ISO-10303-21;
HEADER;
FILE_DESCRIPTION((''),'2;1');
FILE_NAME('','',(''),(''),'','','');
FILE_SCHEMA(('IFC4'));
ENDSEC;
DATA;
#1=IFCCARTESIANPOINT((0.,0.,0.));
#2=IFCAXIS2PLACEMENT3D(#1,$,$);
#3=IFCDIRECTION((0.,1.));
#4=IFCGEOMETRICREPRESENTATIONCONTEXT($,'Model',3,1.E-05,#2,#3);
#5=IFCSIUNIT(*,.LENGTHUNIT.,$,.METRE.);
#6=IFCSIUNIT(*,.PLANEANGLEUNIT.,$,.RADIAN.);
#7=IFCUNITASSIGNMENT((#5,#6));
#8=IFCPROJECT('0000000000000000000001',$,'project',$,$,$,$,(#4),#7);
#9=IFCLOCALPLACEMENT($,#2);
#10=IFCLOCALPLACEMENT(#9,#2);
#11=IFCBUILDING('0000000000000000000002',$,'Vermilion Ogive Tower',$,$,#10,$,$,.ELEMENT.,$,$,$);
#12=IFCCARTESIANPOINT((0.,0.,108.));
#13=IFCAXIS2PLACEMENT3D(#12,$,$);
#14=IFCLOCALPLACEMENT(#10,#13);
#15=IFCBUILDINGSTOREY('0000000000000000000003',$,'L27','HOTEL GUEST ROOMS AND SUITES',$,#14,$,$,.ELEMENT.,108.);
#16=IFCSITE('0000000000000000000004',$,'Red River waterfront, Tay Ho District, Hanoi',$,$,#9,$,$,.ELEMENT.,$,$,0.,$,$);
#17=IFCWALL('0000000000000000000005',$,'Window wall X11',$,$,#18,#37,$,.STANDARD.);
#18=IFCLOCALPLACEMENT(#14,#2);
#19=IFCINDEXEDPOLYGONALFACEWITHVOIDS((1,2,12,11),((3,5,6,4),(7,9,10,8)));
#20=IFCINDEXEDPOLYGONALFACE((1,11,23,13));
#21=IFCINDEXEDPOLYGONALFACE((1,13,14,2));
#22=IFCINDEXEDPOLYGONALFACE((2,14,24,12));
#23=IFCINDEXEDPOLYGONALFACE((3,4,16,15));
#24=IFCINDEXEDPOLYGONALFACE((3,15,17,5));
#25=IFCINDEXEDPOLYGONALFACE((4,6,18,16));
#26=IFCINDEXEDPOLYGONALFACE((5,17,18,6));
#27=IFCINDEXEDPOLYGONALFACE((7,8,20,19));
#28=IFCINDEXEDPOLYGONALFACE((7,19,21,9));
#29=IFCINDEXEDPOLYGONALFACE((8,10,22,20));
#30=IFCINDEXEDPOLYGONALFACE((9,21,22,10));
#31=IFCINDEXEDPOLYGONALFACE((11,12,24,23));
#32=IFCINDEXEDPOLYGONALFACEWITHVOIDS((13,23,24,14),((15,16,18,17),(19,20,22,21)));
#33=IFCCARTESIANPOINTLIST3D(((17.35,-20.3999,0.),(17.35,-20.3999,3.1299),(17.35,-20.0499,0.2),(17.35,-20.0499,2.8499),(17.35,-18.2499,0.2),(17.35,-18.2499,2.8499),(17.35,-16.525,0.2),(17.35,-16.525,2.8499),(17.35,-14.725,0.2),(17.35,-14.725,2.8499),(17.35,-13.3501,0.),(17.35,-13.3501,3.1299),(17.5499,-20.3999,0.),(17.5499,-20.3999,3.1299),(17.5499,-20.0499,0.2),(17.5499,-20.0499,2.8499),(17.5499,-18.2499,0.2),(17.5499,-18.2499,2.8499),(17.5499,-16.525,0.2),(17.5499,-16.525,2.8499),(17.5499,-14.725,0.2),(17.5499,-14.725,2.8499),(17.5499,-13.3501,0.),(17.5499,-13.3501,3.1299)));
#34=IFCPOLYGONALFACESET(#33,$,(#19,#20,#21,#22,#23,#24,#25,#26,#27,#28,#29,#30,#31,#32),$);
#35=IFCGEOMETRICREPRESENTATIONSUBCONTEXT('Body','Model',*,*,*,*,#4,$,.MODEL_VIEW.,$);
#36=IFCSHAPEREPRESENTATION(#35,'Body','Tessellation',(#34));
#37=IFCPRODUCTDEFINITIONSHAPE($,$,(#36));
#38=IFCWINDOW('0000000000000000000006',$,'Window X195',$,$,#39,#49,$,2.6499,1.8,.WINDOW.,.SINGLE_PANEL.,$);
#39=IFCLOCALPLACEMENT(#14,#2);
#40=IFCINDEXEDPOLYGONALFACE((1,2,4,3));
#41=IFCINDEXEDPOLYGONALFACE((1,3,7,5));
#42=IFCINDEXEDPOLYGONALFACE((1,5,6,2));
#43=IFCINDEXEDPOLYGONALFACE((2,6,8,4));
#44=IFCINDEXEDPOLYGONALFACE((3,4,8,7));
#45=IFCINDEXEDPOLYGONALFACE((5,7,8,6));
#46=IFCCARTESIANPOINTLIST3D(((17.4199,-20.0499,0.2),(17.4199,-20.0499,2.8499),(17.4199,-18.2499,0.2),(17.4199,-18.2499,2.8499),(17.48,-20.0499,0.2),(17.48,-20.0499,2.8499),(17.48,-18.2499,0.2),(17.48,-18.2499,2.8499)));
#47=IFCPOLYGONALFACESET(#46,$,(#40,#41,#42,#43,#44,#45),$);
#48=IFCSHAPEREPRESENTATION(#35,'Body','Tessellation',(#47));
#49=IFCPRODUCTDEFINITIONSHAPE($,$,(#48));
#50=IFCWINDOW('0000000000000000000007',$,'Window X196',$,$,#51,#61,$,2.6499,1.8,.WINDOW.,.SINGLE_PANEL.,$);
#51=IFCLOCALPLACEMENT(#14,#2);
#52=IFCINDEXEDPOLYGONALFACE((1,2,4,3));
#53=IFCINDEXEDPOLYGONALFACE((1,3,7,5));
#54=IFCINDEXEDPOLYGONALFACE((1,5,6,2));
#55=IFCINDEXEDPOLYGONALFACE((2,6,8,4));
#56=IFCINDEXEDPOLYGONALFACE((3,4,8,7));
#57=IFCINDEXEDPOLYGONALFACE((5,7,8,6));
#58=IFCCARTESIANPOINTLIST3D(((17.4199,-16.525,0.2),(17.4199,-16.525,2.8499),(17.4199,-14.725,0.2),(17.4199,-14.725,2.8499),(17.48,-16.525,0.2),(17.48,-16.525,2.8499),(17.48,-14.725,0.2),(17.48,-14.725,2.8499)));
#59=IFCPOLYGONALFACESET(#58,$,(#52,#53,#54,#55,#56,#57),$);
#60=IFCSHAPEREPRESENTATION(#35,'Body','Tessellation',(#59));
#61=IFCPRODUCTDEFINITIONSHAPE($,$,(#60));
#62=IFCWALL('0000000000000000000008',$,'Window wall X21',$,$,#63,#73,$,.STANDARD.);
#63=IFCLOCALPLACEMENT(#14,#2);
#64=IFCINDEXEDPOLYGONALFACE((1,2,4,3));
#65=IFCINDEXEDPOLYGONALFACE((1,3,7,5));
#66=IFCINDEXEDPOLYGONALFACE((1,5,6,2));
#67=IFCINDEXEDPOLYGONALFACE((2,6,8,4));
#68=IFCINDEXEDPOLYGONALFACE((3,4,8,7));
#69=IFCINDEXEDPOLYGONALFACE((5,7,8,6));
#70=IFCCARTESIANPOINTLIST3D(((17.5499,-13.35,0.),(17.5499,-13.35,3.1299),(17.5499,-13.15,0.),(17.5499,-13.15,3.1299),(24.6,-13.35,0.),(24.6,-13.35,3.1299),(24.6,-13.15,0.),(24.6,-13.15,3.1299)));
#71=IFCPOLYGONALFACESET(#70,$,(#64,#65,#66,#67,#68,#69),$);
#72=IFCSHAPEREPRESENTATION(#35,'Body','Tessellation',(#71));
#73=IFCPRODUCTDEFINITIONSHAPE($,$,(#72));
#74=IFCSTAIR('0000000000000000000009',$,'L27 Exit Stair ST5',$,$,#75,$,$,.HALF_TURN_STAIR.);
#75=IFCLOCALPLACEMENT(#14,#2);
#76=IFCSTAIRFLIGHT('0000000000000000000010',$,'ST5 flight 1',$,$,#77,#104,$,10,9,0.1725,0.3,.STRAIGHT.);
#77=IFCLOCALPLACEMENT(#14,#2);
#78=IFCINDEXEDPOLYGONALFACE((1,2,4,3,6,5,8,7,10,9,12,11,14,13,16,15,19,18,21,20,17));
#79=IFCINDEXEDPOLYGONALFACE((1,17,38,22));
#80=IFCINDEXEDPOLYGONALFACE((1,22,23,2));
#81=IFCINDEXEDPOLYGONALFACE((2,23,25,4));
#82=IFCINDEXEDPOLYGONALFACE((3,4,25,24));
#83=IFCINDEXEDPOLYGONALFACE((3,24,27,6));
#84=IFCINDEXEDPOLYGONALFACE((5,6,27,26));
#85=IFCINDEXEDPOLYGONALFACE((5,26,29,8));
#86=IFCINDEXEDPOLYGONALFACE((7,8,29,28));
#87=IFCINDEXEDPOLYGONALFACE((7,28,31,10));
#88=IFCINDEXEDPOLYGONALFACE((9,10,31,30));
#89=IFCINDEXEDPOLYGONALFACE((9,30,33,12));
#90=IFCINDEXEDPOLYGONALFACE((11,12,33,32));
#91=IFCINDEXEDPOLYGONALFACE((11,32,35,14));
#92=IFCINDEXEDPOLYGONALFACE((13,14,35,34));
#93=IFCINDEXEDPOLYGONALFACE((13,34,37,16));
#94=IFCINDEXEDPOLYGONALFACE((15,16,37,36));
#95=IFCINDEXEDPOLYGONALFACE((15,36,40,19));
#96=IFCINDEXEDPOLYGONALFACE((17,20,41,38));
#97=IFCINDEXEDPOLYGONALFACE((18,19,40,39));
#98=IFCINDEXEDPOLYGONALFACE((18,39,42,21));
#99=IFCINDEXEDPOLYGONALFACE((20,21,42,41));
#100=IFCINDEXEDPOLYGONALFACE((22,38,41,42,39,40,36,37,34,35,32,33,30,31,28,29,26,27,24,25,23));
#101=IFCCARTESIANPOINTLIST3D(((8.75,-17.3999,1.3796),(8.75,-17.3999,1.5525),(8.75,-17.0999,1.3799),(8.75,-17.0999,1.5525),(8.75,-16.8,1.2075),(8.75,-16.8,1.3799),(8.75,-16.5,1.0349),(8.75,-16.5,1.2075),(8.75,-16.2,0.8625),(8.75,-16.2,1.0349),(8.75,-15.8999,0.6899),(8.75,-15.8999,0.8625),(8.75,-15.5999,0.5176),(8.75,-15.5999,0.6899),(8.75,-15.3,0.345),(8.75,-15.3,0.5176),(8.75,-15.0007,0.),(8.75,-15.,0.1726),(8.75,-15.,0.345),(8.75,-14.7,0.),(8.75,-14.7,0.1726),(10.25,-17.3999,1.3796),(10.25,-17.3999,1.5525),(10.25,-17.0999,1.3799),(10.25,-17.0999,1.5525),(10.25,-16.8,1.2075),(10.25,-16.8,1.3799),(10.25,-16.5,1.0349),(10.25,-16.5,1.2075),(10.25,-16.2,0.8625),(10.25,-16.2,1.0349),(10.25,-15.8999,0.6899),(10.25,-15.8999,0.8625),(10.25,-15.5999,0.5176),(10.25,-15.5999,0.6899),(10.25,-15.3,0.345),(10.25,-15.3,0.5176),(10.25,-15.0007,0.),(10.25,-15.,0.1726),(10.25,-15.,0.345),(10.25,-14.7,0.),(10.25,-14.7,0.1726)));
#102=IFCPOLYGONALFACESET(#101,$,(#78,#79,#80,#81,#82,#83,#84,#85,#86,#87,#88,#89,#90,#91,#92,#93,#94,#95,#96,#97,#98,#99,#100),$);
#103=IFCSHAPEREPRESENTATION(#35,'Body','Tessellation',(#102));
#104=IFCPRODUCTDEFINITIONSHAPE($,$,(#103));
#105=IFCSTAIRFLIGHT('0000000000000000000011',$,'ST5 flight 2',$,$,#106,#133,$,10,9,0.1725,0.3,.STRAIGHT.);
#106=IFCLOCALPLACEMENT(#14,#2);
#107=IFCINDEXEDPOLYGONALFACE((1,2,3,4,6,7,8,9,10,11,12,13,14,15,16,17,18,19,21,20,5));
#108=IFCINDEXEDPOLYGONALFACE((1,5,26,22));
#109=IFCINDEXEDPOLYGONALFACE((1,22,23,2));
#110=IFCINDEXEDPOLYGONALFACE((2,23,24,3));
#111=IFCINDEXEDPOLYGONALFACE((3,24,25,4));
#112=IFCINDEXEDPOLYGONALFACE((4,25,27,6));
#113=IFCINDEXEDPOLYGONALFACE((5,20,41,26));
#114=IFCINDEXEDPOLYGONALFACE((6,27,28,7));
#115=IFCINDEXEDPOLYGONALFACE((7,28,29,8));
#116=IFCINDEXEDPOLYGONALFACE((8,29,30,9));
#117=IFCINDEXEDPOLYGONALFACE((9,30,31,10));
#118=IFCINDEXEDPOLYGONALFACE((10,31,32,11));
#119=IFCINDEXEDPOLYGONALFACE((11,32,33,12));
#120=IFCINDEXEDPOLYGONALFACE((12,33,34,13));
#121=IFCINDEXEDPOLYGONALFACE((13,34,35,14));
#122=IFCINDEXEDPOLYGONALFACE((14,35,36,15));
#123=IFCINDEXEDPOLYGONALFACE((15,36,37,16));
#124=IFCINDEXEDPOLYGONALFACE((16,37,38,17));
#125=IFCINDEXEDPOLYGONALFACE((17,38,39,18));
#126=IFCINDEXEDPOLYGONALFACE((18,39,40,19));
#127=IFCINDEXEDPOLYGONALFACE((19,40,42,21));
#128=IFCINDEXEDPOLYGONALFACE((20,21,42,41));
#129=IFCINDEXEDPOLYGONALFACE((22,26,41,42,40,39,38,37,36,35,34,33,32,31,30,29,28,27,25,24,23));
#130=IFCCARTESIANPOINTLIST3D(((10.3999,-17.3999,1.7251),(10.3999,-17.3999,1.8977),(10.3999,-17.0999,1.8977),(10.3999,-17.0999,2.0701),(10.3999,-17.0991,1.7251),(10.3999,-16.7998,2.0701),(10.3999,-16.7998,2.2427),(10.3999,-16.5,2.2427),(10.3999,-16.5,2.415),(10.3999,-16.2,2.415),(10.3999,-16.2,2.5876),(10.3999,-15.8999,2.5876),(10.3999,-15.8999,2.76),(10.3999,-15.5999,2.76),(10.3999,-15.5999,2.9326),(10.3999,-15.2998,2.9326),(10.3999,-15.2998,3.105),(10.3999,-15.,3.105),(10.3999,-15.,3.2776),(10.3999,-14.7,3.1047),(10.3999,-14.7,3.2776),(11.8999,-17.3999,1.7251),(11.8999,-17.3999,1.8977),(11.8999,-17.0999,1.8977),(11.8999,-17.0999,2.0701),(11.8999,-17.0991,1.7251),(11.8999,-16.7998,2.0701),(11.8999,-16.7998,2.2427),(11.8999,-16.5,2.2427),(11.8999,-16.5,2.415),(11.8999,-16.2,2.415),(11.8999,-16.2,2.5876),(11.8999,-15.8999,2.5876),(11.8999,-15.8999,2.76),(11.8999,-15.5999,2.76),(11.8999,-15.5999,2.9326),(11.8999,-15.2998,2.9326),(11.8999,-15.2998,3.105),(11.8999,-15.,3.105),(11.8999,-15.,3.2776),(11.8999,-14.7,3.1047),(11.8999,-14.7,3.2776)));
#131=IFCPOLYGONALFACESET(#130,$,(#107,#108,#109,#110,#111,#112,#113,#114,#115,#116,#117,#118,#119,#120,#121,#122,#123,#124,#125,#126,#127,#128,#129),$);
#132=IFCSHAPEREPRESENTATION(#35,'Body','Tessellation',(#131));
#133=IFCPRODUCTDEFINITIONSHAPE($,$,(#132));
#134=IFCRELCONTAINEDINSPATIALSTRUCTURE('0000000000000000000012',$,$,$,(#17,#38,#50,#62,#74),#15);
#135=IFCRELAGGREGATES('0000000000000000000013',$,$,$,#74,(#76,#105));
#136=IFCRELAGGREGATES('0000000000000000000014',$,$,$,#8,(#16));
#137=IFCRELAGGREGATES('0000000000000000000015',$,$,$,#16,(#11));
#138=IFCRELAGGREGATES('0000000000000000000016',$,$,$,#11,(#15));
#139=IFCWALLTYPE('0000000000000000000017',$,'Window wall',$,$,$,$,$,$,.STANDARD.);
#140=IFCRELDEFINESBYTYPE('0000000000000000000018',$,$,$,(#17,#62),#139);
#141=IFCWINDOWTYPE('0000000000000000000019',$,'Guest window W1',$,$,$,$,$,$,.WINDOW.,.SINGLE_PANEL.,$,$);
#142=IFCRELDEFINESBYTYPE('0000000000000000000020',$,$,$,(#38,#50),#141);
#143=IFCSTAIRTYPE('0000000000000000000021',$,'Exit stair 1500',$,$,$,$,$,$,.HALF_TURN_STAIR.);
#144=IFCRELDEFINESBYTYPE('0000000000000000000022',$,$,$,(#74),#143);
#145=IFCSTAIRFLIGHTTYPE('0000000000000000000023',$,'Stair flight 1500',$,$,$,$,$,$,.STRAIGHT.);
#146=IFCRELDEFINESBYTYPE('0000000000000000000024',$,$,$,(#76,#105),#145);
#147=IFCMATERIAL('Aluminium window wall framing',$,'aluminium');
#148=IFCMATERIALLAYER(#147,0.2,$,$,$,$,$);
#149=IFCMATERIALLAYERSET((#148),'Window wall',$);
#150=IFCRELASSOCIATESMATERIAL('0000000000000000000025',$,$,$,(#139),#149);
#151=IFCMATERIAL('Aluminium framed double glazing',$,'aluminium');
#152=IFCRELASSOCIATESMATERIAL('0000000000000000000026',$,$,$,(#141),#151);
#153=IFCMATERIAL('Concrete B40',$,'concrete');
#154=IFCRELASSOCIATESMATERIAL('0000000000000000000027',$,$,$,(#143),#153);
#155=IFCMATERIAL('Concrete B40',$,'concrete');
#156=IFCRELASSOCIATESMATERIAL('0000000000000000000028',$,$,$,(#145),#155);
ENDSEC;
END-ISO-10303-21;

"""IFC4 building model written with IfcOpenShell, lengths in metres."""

from ifc_helpers import new_model, si_unit, direction, frame, frame_2d, origin, place, context, subcontext, project, spatial, polyline, rectangle, outline, extrude, material, layer, layer_set, type_object, element, fill, aggregate, save


model = new_model("IFC4")

# Units and contexts
model_context = context("Model", 3, precision=1e-05, world=origin(), true_north=direction((0.0, 1.0)))
body_context = subcontext(model_context, "Body", "Model", "MODEL_VIEW")
ifc_project = project(units=[si_unit("LENGTHUNIT", "METRE"), si_unit("PLANEANGLEUNIT", "RADIAN")], contexts=[model_context])

# Site, building, storey
site_placement = place(None, origin())
site = spatial("IfcSite", under=ifc_project, at=site_placement, Name="Red River waterfront, Tay Ho District, Hanoi", CompositionType="ELEMENT", RefElevation=0.0)
building_placement = place(site_placement, origin())
building = spatial("IfcBuilding", under=site, at=building_placement, Name="Vermilion Ogive Tower", CompositionType="ELEMENT")
storey_placement = place(building_placement, frame((0.0, 0.0, 108.0)))
storey = spatial("IfcBuildingStorey", under=building, at=storey_placement, Name="L27", Description="HOTEL GUEST ROOMS AND SUITES", CompositionType="ELEMENT", Elevation=108.0)

# Shared definitions
ifc_material_1 = material(Name="Aluminium window wall framing", Category="aluminium")
ifc_layer_1 = layer(ifc_material_1, 0.2)
ifc_layer_set_1 = layer_set([ifc_layer_1], Name="Window wall")
wall_type_1 = type_object("IfcWallType", Name="Window wall", PredefinedType="STANDARD", material=ifc_layer_set_1)
ifc_material_2 = material(Name="Aluminium framed double glazing", Category="aluminium")
window_type = type_object("IfcWindowType", Name="Guest window W1", PartitioningType="SINGLE_PANEL", PredefinedType="WINDOW", material=ifc_material_2)

# Wall, openings, windows
wall_1_placement = place(storey_placement, frame((17.45, -20.3999, 0.0), z_axis=(0.0, 0.0, 1.0), x_axis=(0.0, 1.0, 0.0)))
wall_1 = element("IfcWall", 1, at=wall_1_placement, inside=storey, type_object=wall_type_1, Name="Window wall X11", PredefinedType="STANDARD", context=body_context, shape_type="SweptSolid", body=[
    extrude(rectangle(XDim=7.0498, YDim=0.2, at=frame_2d((3.5249, 0.0))), origin(), (0.0, 0.0, 1.0), 3.1299),
])
opening_1_placement = place(wall_1_placement, frame((0.3501, 0.0, 0.2)))
opening_1 = element("IfcOpeningElement", 2, at=opening_1_placement, cuts=wall_1, PredefinedType="OPENING", context=body_context, shape_type="SweptSolid", body=[
    extrude(rectangle(XDim=1.8, YDim=2.6499, at=frame_2d((0.8999, 1.325))), frame((0.0, 0.1099, 0.0), z_axis=(0.0, -1.0, 0.0), x_axis=(1.0, 0.0, 0.0)), (0.0, 0.0, 1.0), 0.22),
])
opening_2_placement = place(wall_1_placement, frame((3.875, 0.0, 0.2)))
opening_2 = element("IfcOpeningElement", 3, at=opening_2_placement, cuts=wall_1, PredefinedType="OPENING", context=body_context, shape_type="SweptSolid", body=[
    extrude(rectangle(XDim=1.8, YDim=2.6499, at=frame_2d((0.8999, 1.325))), frame((0.0, 0.1099, 0.0), z_axis=(0.0, -1.0, 0.0), x_axis=(1.0, 0.0, 0.0)), (0.0, 0.0, 1.0), 0.22),
])
window_1_placement = place(opening_1_placement, origin())
window_1 = element("IfcWindow", 4, at=window_1_placement, inside=storey, type_object=window_type, Name="Window X195", OverallHeight=2.6499, OverallWidth=1.8, PartitioningType="SINGLE_PANEL", PredefinedType="WINDOW", context=body_context, shape_type="SweptSolid", body=[
    extrude(rectangle(XDim=1.8, YDim=2.6499, at=frame_2d((0.8999, 1.325))), frame((0.0, 0.03, 0.0), z_axis=(0.0, -1.0, 0.0), x_axis=(1.0, 0.0, 0.0)), (0.0, 0.0, 1.0), 0.0601),
])
fill(opening_1, window_1)
window_2_placement = place(opening_2_placement, origin())
window_2 = element("IfcWindow", 5, at=window_2_placement, inside=storey, type_object=window_type, Name="Window X196", OverallHeight=2.6499, OverallWidth=1.8, PartitioningType="SINGLE_PANEL", PredefinedType="WINDOW", context=body_context, shape_type="SweptSolid", body=[
    extrude(rectangle(XDim=1.8, YDim=2.6499, at=frame_2d((0.8999, 1.325))), frame((0.0, 0.03, 0.0), z_axis=(0.0, -1.0, 0.0), x_axis=(1.0, 0.0, 0.0)), (0.0, 0.0, 1.0), 0.0601),
])
fill(opening_2, window_2)

# Wall
wall_2_placement = place(storey_placement, frame((17.55, -13.25, 0.0), z_axis=(0.0, 0.0, 1.0), x_axis=(1.0, 0.0, 0.0)))
element("IfcWall", 6, at=wall_2_placement, inside=storey, type_object=wall_type_1, Name="Window wall X21", PredefinedType="STANDARD", context=body_context, shape_type="SweptSolid", body=[
    extrude(rectangle(XDim=7.05, YDim=0.2, at=frame_2d((3.5249, 0.0))), origin(), (0.0, 0.0, 1.0), 3.1299),
])

# Stair, stair flights
ifc_material_3 = material(Name="Concrete B40", Category="concrete")
stair_type = type_object("IfcStairType", Name="Exit stair 1500", PredefinedType="HALF_TURN_STAIR", material=ifc_material_3)
stair_placement = place(storey_placement, origin())
stair = element("IfcStair", 7, at=stair_placement, inside=storey, type_object=stair_type, Name="L27 Exit Stair ST5", PredefinedType="HALF_TURN_STAIR")
ifc_material_4 = material(Name="Concrete B40", Category="concrete")
stair_flight_type = type_object("IfcStairFlightType", Name="Stair flight 1500", PredefinedType="STRAIGHT", material=ifc_material_4)
stair_flight_1_placement = place(storey_placement, frame((9.5, -14.7, 0.0), z_axis=(0.0, 0.0, 1.0), x_axis=(0.0, -1.0, 0.0)))
stair_flight_1 = element("IfcStairFlight", 8, at=stair_flight_1_placement, type_object=stair_flight_type, Name="ST5 flight 1", NumberOfRisers=10, NumberOfTreads=9, PredefinedType="STRAIGHT", RiserHeight=0.1725, TreadLength=0.3, context=body_context, shape_type="SweptSolid", body=[
    extrude(outline(polyline([(0.0, 0.0), (0.0, 0.1726), (0.3, 0.1726), (0.3, 0.345), (0.6001, 0.345), (0.6001, 0.5176), (0.8999, 0.5176), (0.8999, 0.6899), (1.2, 0.6899), (1.2, 0.8625), (1.5, 0.8625), (1.5, 1.0349), (1.8, 1.0349), (1.8, 1.2075), (2.1001, 1.2075), (2.1001, 1.3799), (2.3999, 1.3799), (2.3999, 1.5525), (2.7, 1.5525), (2.7, 1.7251), (2.7, 1.3796), (0.3008, 0.0), (0.0, 0.0)])), frame((0.0, 0.75, 0.0), z_axis=(0.0, -1.0, 0.0), x_axis=(1.0, 0.0, 0.0)), (0.0, 0.0, 1.0), 1.5),
])
stair_flight_2_placement = place(storey_placement, frame((11.1499, -17.3999, 1.7251), z_axis=(0.0, 0.0, 1.0), x_axis=(0.0, 1.0, 0.0)))
stair_flight_2 = element("IfcStairFlight", 9, at=stair_flight_2_placement, type_object=stair_flight_type, Name="ST5 flight 2", NumberOfRisers=10, NumberOfTreads=9, PredefinedType="STRAIGHT", RiserHeight=0.1725, TreadLength=0.3, context=body_context, shape_type="SweptSolid", body=[
    extrude(outline(polyline([(0.0, 0.0), (0.0, 0.1726), (0.3, 0.1726), (0.3, 0.345), (0.6001, 0.345), (0.6001, 0.5176), (0.8999, 0.5176), (0.8999, 0.6899), (1.2, 0.6899), (1.2, 0.8625), (1.5, 0.8625), (1.5, 1.0349), (1.8, 1.0349), (1.8, 1.2075), (2.1001, 1.2075), (2.1001, 1.3799), (2.3999, 1.3799), (2.3999, 1.5525), (2.7, 1.5525), (2.7, 1.7251), (2.7, 1.3796), (0.3008, 0.0), (0.0, 0.0)])), frame((0.0, 0.75, 0.0), z_axis=(0.0, -1.0, 0.0), x_axis=(1.0, 0.0, 0.0)), (0.0, 0.0, 1.0), 1.5),
])
aggregate(stair, [stair_flight_1, stair_flight_2])

save(model, "model.ifc")
